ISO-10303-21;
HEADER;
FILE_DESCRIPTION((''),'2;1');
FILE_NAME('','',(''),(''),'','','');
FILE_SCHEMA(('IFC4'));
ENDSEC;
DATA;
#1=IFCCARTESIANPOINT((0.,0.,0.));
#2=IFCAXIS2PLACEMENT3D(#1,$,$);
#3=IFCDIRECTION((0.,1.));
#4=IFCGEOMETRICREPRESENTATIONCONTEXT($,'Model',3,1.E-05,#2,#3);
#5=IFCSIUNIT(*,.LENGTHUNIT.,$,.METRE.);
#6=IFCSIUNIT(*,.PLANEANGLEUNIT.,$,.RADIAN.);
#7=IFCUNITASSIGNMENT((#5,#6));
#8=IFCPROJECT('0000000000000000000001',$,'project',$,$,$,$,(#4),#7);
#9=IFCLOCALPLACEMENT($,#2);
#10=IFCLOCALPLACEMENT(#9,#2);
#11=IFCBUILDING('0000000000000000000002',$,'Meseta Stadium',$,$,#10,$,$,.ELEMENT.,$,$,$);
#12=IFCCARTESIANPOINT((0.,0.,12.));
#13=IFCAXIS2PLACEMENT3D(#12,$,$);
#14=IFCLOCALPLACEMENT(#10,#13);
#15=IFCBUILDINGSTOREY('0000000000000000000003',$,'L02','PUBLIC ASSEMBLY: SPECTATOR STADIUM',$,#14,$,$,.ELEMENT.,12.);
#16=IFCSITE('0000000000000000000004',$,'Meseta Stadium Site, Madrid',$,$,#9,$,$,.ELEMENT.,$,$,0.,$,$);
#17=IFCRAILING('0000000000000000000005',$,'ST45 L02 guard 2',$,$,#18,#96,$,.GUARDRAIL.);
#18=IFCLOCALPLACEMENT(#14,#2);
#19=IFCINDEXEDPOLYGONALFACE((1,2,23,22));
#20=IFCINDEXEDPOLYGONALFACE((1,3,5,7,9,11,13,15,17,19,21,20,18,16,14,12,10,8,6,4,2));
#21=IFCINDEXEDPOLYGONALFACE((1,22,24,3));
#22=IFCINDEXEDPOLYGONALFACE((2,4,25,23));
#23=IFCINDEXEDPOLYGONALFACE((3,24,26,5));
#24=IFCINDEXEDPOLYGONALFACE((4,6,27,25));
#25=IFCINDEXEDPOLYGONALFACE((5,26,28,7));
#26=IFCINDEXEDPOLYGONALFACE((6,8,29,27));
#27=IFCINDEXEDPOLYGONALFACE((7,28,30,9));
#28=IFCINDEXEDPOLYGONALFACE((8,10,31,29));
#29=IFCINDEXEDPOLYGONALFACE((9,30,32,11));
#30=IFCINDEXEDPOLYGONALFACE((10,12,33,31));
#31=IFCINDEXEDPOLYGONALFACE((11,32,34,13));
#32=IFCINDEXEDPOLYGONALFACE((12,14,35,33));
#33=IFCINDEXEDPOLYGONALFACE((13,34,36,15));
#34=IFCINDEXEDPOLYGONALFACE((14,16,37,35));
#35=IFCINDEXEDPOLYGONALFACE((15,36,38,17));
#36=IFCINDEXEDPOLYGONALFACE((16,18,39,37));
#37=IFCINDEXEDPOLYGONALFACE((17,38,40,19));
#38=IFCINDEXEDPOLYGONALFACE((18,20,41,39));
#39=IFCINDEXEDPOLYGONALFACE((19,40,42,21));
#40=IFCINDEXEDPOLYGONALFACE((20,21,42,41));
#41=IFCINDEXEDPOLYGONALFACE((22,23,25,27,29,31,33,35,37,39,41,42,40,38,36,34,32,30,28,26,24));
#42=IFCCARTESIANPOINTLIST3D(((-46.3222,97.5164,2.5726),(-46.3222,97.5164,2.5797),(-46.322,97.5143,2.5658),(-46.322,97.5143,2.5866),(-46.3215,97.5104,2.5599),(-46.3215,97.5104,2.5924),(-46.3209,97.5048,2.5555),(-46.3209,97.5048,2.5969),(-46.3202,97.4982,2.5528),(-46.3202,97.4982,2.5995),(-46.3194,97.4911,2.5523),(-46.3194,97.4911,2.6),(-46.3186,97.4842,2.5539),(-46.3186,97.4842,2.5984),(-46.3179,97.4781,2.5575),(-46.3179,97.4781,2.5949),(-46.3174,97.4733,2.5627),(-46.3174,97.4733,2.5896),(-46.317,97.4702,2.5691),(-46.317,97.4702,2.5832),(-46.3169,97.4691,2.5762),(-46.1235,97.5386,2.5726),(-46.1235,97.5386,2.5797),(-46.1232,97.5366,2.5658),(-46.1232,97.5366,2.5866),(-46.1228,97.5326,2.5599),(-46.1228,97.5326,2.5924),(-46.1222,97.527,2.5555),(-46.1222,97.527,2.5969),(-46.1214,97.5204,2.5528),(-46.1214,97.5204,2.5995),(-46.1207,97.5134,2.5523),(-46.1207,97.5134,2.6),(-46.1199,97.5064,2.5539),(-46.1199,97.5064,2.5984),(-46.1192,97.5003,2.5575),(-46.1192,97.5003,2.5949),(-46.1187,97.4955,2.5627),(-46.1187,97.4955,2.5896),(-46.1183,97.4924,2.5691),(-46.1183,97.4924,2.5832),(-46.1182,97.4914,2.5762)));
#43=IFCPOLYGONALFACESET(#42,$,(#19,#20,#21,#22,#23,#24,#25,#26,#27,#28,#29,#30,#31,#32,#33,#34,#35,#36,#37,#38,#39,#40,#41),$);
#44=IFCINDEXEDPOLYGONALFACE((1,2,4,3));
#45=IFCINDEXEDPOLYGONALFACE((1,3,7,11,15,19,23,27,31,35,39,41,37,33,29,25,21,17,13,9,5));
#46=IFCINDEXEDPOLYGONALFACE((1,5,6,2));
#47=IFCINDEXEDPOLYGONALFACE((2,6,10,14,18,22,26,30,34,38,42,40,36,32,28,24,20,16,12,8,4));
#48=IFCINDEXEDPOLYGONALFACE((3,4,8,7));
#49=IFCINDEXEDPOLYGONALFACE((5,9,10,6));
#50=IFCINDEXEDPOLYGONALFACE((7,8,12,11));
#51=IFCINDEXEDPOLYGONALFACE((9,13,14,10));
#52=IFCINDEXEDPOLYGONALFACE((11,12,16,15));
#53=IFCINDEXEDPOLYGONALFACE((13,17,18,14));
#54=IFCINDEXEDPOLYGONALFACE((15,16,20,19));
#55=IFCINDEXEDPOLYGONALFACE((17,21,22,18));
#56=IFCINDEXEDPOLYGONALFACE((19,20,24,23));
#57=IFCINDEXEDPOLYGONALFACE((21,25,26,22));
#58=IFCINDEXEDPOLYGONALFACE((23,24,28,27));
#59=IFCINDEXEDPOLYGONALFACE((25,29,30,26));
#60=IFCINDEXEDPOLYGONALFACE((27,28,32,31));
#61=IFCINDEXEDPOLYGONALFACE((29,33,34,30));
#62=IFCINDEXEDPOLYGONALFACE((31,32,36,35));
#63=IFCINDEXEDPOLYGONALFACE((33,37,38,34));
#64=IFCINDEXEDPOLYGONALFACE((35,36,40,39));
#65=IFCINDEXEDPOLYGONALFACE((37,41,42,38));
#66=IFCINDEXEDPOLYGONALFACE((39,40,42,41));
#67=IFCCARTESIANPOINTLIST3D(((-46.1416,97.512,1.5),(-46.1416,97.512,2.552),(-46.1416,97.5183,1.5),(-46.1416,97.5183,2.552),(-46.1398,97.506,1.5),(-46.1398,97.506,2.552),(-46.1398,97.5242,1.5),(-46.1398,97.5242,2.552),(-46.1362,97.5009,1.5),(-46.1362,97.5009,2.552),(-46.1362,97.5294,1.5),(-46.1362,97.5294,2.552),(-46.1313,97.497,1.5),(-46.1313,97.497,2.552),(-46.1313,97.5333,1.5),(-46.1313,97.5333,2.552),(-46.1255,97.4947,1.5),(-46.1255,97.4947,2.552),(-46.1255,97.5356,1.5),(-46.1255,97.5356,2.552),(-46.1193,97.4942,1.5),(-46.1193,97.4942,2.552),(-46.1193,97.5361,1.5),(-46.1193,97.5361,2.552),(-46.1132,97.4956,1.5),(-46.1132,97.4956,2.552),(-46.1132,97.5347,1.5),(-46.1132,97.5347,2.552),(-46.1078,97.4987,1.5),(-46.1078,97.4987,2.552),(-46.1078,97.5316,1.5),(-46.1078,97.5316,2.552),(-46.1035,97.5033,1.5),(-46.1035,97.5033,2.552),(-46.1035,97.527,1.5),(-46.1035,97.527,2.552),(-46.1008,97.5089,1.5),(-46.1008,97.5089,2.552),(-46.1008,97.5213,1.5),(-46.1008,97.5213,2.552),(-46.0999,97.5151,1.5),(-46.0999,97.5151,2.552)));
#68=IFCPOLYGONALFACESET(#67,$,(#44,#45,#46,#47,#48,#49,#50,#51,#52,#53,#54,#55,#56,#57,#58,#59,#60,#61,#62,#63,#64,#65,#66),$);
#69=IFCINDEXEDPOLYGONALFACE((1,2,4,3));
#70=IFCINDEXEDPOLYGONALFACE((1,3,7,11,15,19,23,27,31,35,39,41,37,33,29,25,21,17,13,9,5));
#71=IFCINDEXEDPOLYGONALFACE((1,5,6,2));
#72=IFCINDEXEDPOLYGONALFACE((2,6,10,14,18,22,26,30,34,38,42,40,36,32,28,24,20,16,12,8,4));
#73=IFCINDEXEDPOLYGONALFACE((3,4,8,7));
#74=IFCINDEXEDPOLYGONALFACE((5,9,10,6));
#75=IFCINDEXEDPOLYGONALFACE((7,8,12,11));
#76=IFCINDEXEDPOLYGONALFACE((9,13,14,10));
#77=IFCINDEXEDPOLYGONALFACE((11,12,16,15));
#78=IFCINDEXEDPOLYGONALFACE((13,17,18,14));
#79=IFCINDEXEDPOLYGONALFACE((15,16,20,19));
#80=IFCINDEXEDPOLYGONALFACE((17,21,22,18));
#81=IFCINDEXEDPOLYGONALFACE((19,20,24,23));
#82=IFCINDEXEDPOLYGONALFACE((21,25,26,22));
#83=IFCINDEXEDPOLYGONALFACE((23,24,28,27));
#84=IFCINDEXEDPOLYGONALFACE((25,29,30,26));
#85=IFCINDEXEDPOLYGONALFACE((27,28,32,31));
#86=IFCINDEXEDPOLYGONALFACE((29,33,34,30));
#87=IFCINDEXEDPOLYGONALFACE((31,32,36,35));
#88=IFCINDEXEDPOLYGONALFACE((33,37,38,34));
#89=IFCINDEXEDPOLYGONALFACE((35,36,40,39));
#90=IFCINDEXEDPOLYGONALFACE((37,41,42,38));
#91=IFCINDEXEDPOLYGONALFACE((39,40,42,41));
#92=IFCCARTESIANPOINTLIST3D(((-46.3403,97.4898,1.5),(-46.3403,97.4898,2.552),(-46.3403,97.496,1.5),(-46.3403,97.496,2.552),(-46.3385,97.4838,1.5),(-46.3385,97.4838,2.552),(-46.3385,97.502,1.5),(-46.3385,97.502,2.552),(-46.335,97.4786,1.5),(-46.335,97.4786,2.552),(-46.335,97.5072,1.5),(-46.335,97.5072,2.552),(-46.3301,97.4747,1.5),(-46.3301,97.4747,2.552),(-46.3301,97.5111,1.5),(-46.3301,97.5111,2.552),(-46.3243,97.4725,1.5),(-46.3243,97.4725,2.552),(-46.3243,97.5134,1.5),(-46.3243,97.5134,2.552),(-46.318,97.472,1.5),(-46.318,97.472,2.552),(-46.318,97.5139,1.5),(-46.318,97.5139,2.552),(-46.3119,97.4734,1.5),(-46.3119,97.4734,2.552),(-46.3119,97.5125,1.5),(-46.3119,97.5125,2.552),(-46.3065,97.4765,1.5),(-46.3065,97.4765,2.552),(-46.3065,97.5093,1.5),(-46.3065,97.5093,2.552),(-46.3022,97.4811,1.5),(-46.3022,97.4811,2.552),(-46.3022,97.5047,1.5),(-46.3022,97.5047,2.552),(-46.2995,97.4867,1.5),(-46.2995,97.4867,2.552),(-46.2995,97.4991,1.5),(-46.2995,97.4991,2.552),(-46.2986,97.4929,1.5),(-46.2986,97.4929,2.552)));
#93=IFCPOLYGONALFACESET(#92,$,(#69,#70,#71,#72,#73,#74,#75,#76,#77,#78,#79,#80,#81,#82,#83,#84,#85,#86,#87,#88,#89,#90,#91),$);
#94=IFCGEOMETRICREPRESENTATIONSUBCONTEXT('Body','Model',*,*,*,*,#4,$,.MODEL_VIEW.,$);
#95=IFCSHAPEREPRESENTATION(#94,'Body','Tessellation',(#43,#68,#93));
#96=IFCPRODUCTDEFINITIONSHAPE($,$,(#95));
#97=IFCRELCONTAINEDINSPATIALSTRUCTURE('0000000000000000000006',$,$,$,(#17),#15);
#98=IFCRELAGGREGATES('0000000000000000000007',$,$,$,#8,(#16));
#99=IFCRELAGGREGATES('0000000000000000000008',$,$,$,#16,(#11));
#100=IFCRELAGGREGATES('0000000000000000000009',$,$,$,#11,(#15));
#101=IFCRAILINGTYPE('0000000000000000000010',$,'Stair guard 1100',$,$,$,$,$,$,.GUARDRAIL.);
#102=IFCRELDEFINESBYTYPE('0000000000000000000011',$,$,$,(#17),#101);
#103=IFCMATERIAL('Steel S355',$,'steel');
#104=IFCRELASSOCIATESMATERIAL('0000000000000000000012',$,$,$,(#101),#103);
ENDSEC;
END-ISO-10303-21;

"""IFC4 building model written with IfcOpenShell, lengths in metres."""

from ifc_helpers import new_model, si_unit, direction, frame, origin, origin_2d, place, context, subcontext, project, spatial, circle, extrude, material, type_object, element, save


model = new_model("IFC4")

# Units and contexts
model_context = context("Model", 3, precision=1e-05, world=origin(), true_north=direction((0.0, 1.0)))
body_context = subcontext(model_context, "Body", "Model", "MODEL_VIEW")
ifc_project = project(units=[si_unit("LENGTHUNIT", "METRE"), si_unit("PLANEANGLEUNIT", "RADIAN")], contexts=[model_context])

# Site, building, storey
site_placement = place(None, origin())
site = spatial("IfcSite", under=ifc_project, at=site_placement, Name="Meseta Stadium Site, Madrid", CompositionType="ELEMENT", RefElevation=0.0)
building_placement = place(site_placement, origin())
building = spatial("IfcBuilding", under=site, at=building_placement, Name="Meseta Stadium", CompositionType="ELEMENT")
storey_placement = place(building_placement, frame((0.0, 0.0, 12.0)))
storey = spatial("IfcBuildingStorey", under=building, at=storey_placement, Name="L02", Description="PUBLIC ASSEMBLY: SPECTATOR STADIUM", CompositionType="ELEMENT", Elevation=12.0)

# Railing
ifc_material_1 = material(Name="Steel S355", Category="steel")
railing_type_1 = type_object("IfcRailingType", Name="Stair guard 1100", PredefinedType="GUARDRAIL", material=ifc_material_1)
railing_1_placement = place(storey_placement, frame((-46.1208, 97.5151, 1.5)))
element("IfcRailing", 1, at=railing_1_placement, inside=storey, type_object=railing_type_1, Name="ST45 L02 guard 2", PredefinedType="GUARDRAIL", context=body_context, shape_type="SweptSolid", body=[
    extrude(circle(Radius=0.0239, at=origin_2d()), frame((0.0, 0.0, 1.0762), z_axis=(-0.993809, -0.111102, 0.0), x_axis=(0.111102, -0.993809, 0.0)), (0.0, 0.0, 1.0), 0.2),
    extrude(circle(Radius=0.021, at=origin_2d()), origin(), (0.0, 0.0, 1.0), 1.052),
    extrude(circle(Radius=0.021, at=origin_2d()), frame((-0.1987, -0.0222, 0.0)), (0.0, 0.0, 1.0), 1.052),
])

save(model, "model.ifc")
